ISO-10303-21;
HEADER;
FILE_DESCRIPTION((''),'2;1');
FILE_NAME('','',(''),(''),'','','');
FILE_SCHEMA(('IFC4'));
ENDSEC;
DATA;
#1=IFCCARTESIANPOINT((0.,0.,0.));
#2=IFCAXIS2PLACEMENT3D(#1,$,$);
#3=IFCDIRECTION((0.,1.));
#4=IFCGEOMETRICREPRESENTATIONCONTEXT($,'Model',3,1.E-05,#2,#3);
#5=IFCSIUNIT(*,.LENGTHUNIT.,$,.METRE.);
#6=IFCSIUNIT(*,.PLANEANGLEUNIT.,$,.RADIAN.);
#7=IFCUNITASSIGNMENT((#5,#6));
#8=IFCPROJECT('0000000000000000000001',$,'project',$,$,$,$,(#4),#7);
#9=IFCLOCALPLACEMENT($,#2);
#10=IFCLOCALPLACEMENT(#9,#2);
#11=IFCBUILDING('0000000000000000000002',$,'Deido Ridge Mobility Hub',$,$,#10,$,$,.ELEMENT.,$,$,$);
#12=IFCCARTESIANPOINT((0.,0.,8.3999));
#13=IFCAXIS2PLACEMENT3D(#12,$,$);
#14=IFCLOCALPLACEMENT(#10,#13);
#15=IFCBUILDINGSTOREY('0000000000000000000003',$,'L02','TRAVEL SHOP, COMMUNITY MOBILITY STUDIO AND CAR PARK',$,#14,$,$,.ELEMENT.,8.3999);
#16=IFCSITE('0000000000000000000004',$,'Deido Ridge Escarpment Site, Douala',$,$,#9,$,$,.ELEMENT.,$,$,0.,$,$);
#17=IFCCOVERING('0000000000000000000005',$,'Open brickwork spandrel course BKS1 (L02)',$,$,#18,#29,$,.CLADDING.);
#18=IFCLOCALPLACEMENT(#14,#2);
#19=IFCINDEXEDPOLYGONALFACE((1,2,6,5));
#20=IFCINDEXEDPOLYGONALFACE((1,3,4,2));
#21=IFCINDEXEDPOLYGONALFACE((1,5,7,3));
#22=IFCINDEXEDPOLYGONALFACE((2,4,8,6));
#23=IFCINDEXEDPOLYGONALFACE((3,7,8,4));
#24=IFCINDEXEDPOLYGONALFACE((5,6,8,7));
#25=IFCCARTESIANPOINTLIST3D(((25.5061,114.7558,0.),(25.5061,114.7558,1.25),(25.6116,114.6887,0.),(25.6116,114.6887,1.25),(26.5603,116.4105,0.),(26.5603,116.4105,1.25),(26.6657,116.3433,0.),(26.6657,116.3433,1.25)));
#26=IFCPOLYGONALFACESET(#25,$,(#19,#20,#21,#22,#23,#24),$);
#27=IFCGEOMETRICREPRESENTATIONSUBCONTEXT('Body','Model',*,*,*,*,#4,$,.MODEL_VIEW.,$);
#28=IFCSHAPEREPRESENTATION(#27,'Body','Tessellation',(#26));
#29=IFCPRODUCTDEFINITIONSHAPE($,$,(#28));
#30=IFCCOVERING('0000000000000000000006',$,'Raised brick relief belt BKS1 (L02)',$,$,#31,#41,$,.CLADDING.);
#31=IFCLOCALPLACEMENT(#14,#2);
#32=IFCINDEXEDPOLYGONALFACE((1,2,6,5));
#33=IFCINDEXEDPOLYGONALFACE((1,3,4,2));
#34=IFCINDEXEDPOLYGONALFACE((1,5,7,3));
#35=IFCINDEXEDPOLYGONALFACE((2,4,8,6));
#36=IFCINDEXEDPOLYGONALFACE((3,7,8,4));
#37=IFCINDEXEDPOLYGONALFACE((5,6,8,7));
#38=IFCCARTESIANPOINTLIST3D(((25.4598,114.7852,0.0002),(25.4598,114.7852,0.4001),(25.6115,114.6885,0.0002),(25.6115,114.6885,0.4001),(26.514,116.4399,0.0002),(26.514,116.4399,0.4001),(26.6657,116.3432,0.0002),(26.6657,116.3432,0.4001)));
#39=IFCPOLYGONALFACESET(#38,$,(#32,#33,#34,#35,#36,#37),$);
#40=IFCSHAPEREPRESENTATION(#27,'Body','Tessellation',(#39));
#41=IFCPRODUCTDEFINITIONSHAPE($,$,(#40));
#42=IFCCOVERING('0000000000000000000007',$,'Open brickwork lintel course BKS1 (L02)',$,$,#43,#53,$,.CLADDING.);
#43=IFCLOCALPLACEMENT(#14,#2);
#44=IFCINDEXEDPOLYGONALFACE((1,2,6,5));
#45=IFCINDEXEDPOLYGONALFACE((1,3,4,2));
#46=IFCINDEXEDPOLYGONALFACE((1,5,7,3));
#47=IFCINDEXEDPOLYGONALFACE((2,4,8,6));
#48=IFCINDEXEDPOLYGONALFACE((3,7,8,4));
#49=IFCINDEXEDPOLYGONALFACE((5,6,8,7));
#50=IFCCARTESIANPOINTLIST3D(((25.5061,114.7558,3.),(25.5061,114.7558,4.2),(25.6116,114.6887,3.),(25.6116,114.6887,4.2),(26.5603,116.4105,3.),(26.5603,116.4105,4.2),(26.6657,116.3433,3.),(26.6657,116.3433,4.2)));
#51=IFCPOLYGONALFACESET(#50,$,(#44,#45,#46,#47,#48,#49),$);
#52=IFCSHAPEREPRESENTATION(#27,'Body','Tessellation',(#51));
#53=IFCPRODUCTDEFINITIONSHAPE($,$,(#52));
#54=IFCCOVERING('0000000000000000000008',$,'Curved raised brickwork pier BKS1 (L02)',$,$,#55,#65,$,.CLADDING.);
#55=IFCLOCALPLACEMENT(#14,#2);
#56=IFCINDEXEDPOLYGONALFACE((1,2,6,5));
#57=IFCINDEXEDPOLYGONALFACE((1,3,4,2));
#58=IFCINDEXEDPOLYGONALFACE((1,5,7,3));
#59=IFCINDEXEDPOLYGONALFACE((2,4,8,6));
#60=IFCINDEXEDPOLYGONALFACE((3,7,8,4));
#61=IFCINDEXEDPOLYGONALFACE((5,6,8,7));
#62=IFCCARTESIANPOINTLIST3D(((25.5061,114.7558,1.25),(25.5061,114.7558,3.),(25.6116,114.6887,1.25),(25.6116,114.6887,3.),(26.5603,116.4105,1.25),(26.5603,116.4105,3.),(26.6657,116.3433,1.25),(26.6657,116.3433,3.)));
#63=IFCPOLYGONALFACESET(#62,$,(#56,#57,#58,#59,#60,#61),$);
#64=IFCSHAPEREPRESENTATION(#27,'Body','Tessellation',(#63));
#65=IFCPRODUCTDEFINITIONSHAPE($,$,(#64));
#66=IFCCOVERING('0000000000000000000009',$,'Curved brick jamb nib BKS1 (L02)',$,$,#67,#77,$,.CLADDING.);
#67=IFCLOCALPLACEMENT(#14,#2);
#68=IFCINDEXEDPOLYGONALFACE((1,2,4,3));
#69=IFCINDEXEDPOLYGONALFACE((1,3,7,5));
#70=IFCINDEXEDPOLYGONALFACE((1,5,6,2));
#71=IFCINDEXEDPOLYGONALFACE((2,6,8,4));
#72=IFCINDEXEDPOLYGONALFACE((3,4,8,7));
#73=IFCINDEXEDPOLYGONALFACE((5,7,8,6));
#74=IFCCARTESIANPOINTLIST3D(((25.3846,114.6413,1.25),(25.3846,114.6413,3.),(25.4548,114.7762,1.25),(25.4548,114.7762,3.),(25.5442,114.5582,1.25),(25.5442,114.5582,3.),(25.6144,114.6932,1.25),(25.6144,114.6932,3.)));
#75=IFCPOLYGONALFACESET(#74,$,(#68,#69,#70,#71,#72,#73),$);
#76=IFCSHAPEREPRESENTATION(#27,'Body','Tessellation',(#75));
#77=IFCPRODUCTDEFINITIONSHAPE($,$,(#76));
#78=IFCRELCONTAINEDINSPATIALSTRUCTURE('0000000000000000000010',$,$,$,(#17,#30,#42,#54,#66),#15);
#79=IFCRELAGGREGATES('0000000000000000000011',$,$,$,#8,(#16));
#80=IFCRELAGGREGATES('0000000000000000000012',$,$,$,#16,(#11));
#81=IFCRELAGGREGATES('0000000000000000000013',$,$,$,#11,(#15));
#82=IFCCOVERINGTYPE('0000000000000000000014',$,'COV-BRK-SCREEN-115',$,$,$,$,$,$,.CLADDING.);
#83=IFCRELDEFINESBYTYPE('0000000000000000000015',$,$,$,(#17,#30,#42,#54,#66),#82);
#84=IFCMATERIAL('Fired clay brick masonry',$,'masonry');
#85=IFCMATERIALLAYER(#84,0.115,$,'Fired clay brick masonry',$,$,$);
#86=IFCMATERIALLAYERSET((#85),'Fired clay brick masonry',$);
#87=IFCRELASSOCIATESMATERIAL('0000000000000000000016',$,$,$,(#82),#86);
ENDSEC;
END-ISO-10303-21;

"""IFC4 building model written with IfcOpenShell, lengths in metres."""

from ifc_helpers import new_model, si_unit, direction, frame, origin, origin_2d, place, context, subcontext, project, spatial, rectangle, extrude, material, layer, layer_set, type_object, element, save


model = new_model("IFC4")

# Units and contexts
model_context = context("Model", 3, precision=1e-05, world=origin(), true_north=direction((0.0, 1.0)))
body_context = subcontext(model_context, "Body", "Model", "MODEL_VIEW")
ifc_project = project(units=[si_unit("LENGTHUNIT", "METRE"), si_unit("PLANEANGLEUNIT", "RADIAN")], contexts=[model_context])

# Site, building, storey
site_placement = place(None, origin())
site = spatial("IfcSite", under=ifc_project, at=site_placement, Name="Deido Ridge Escarpment Site, Douala", CompositionType="ELEMENT", RefElevation=0.0)
building_placement = place(site_placement, origin())
building = spatial("IfcBuilding", under=site, at=building_placement, Name="Deido Ridge Mobility Hub", CompositionType="ELEMENT")
storey_placement = place(building_placement, frame((0.0, 0.0, 8.3999)))
storey = spatial("IfcBuildingStorey", under=building, at=storey_placement, Name="L02", Description="TRAVEL SHOP, COMMUNITY MOBILITY STUDIO AND CAR PARK", CompositionType="ELEMENT", Elevation=8.3999)

# Coverings
ifc_material_1 = material(Name="Fired clay brick masonry", Category="masonry")
ifc_layer = layer(ifc_material_1, 0.115, Name="Fired clay brick masonry")
ifc_layer_set = layer_set([ifc_layer], Name="Fired clay brick masonry")
covering_type = type_object("IfcCoveringType", Name="COV-BRK-SCREEN-115", PredefinedType="CLADDING", material=ifc_layer_set)
covering_1_placement = place(storey_placement, frame((26.0859, 115.5496, 0.0), z_axis=(0.0, 0.0, 1.0), x_axis=(-0.537314, -0.843382, 0.0)))
element("IfcCovering", 1, at=covering_1_placement, inside=storey, type_object=covering_type, Name="Open brickwork spandrel course BKS1 (L02)", PredefinedType="CLADDING", context=body_context, shape_type="SweptSolid", body=[
    extrude(rectangle(XDim=1.9619, YDim=0.125, at=origin_2d()), origin(), (0.0, 0.0, 1.0), 1.25),
])
covering_2_placement = place(storey_placement, frame((26.0627, 115.5642, 0.0002), z_axis=(0.0, 0.0, 1.0), x_axis=(-0.537314, -0.843382, 0.0)))
element("IfcCovering", 2, at=covering_2_placement, inside=storey, type_object=covering_type, Name="Raised brick relief belt BKS1 (L02)", PredefinedType="CLADDING", context=body_context, shape_type="SweptSolid", body=[
    extrude(rectangle(XDim=1.9619, YDim=0.1799, at=origin_2d()), origin(), (0.0, 0.0, 1.0), 0.3999),
])
covering_3_placement = place(storey_placement, frame((26.0859, 115.5496, 3.0), z_axis=(0.0, 0.0, 1.0), x_axis=(-0.537314, -0.843382, 0.0)))
element("IfcCovering", 3, at=covering_3_placement, inside=storey, type_object=covering_type, Name="Open brickwork lintel course BKS1 (L02)", PredefinedType="CLADDING", context=body_context, shape_type="SweptSolid", body=[
    extrude(rectangle(XDim=1.9619, YDim=0.125, at=origin_2d()), origin(), (0.0, 0.0, 1.0), 1.2),
])
covering_4_placement = place(storey_placement, frame((26.0859, 115.5496, 1.25), z_axis=(0.0, 0.0, 1.0), x_axis=(-0.537314, -0.843382, 0.0)))
element("IfcCovering", 4, at=covering_4_placement, inside=storey, type_object=covering_type, Name="Curved raised brickwork pier BKS1 (L02)", PredefinedType="CLADDING", context=body_context, shape_type="SweptSolid", body=[
    extrude(rectangle(XDim=1.9619, YDim=0.125, at=origin_2d()), origin(), (0.0, 0.0, 1.0), 1.75),
])
covering_5_placement = place(storey_placement, frame((25.4995, 114.6672, 1.25), z_axis=(0.0, 0.0, 1.0), x_axis=(-0.461733, -0.887019, 0.0)))
element("IfcCovering", 5, at=covering_5_placement, inside=storey, type_object=covering_type, Name="Curved brick jamb nib BKS1 (L02)", PredefinedType="CLADDING", context=body_context, shape_type="SweptSolid", body=[
    extrude(rectangle(XDim=0.1521, YDim=0.1799, at=origin_2d()), origin(), (0.0, 0.0, 1.0), 1.75),
])

save(model, "model.ifc")
